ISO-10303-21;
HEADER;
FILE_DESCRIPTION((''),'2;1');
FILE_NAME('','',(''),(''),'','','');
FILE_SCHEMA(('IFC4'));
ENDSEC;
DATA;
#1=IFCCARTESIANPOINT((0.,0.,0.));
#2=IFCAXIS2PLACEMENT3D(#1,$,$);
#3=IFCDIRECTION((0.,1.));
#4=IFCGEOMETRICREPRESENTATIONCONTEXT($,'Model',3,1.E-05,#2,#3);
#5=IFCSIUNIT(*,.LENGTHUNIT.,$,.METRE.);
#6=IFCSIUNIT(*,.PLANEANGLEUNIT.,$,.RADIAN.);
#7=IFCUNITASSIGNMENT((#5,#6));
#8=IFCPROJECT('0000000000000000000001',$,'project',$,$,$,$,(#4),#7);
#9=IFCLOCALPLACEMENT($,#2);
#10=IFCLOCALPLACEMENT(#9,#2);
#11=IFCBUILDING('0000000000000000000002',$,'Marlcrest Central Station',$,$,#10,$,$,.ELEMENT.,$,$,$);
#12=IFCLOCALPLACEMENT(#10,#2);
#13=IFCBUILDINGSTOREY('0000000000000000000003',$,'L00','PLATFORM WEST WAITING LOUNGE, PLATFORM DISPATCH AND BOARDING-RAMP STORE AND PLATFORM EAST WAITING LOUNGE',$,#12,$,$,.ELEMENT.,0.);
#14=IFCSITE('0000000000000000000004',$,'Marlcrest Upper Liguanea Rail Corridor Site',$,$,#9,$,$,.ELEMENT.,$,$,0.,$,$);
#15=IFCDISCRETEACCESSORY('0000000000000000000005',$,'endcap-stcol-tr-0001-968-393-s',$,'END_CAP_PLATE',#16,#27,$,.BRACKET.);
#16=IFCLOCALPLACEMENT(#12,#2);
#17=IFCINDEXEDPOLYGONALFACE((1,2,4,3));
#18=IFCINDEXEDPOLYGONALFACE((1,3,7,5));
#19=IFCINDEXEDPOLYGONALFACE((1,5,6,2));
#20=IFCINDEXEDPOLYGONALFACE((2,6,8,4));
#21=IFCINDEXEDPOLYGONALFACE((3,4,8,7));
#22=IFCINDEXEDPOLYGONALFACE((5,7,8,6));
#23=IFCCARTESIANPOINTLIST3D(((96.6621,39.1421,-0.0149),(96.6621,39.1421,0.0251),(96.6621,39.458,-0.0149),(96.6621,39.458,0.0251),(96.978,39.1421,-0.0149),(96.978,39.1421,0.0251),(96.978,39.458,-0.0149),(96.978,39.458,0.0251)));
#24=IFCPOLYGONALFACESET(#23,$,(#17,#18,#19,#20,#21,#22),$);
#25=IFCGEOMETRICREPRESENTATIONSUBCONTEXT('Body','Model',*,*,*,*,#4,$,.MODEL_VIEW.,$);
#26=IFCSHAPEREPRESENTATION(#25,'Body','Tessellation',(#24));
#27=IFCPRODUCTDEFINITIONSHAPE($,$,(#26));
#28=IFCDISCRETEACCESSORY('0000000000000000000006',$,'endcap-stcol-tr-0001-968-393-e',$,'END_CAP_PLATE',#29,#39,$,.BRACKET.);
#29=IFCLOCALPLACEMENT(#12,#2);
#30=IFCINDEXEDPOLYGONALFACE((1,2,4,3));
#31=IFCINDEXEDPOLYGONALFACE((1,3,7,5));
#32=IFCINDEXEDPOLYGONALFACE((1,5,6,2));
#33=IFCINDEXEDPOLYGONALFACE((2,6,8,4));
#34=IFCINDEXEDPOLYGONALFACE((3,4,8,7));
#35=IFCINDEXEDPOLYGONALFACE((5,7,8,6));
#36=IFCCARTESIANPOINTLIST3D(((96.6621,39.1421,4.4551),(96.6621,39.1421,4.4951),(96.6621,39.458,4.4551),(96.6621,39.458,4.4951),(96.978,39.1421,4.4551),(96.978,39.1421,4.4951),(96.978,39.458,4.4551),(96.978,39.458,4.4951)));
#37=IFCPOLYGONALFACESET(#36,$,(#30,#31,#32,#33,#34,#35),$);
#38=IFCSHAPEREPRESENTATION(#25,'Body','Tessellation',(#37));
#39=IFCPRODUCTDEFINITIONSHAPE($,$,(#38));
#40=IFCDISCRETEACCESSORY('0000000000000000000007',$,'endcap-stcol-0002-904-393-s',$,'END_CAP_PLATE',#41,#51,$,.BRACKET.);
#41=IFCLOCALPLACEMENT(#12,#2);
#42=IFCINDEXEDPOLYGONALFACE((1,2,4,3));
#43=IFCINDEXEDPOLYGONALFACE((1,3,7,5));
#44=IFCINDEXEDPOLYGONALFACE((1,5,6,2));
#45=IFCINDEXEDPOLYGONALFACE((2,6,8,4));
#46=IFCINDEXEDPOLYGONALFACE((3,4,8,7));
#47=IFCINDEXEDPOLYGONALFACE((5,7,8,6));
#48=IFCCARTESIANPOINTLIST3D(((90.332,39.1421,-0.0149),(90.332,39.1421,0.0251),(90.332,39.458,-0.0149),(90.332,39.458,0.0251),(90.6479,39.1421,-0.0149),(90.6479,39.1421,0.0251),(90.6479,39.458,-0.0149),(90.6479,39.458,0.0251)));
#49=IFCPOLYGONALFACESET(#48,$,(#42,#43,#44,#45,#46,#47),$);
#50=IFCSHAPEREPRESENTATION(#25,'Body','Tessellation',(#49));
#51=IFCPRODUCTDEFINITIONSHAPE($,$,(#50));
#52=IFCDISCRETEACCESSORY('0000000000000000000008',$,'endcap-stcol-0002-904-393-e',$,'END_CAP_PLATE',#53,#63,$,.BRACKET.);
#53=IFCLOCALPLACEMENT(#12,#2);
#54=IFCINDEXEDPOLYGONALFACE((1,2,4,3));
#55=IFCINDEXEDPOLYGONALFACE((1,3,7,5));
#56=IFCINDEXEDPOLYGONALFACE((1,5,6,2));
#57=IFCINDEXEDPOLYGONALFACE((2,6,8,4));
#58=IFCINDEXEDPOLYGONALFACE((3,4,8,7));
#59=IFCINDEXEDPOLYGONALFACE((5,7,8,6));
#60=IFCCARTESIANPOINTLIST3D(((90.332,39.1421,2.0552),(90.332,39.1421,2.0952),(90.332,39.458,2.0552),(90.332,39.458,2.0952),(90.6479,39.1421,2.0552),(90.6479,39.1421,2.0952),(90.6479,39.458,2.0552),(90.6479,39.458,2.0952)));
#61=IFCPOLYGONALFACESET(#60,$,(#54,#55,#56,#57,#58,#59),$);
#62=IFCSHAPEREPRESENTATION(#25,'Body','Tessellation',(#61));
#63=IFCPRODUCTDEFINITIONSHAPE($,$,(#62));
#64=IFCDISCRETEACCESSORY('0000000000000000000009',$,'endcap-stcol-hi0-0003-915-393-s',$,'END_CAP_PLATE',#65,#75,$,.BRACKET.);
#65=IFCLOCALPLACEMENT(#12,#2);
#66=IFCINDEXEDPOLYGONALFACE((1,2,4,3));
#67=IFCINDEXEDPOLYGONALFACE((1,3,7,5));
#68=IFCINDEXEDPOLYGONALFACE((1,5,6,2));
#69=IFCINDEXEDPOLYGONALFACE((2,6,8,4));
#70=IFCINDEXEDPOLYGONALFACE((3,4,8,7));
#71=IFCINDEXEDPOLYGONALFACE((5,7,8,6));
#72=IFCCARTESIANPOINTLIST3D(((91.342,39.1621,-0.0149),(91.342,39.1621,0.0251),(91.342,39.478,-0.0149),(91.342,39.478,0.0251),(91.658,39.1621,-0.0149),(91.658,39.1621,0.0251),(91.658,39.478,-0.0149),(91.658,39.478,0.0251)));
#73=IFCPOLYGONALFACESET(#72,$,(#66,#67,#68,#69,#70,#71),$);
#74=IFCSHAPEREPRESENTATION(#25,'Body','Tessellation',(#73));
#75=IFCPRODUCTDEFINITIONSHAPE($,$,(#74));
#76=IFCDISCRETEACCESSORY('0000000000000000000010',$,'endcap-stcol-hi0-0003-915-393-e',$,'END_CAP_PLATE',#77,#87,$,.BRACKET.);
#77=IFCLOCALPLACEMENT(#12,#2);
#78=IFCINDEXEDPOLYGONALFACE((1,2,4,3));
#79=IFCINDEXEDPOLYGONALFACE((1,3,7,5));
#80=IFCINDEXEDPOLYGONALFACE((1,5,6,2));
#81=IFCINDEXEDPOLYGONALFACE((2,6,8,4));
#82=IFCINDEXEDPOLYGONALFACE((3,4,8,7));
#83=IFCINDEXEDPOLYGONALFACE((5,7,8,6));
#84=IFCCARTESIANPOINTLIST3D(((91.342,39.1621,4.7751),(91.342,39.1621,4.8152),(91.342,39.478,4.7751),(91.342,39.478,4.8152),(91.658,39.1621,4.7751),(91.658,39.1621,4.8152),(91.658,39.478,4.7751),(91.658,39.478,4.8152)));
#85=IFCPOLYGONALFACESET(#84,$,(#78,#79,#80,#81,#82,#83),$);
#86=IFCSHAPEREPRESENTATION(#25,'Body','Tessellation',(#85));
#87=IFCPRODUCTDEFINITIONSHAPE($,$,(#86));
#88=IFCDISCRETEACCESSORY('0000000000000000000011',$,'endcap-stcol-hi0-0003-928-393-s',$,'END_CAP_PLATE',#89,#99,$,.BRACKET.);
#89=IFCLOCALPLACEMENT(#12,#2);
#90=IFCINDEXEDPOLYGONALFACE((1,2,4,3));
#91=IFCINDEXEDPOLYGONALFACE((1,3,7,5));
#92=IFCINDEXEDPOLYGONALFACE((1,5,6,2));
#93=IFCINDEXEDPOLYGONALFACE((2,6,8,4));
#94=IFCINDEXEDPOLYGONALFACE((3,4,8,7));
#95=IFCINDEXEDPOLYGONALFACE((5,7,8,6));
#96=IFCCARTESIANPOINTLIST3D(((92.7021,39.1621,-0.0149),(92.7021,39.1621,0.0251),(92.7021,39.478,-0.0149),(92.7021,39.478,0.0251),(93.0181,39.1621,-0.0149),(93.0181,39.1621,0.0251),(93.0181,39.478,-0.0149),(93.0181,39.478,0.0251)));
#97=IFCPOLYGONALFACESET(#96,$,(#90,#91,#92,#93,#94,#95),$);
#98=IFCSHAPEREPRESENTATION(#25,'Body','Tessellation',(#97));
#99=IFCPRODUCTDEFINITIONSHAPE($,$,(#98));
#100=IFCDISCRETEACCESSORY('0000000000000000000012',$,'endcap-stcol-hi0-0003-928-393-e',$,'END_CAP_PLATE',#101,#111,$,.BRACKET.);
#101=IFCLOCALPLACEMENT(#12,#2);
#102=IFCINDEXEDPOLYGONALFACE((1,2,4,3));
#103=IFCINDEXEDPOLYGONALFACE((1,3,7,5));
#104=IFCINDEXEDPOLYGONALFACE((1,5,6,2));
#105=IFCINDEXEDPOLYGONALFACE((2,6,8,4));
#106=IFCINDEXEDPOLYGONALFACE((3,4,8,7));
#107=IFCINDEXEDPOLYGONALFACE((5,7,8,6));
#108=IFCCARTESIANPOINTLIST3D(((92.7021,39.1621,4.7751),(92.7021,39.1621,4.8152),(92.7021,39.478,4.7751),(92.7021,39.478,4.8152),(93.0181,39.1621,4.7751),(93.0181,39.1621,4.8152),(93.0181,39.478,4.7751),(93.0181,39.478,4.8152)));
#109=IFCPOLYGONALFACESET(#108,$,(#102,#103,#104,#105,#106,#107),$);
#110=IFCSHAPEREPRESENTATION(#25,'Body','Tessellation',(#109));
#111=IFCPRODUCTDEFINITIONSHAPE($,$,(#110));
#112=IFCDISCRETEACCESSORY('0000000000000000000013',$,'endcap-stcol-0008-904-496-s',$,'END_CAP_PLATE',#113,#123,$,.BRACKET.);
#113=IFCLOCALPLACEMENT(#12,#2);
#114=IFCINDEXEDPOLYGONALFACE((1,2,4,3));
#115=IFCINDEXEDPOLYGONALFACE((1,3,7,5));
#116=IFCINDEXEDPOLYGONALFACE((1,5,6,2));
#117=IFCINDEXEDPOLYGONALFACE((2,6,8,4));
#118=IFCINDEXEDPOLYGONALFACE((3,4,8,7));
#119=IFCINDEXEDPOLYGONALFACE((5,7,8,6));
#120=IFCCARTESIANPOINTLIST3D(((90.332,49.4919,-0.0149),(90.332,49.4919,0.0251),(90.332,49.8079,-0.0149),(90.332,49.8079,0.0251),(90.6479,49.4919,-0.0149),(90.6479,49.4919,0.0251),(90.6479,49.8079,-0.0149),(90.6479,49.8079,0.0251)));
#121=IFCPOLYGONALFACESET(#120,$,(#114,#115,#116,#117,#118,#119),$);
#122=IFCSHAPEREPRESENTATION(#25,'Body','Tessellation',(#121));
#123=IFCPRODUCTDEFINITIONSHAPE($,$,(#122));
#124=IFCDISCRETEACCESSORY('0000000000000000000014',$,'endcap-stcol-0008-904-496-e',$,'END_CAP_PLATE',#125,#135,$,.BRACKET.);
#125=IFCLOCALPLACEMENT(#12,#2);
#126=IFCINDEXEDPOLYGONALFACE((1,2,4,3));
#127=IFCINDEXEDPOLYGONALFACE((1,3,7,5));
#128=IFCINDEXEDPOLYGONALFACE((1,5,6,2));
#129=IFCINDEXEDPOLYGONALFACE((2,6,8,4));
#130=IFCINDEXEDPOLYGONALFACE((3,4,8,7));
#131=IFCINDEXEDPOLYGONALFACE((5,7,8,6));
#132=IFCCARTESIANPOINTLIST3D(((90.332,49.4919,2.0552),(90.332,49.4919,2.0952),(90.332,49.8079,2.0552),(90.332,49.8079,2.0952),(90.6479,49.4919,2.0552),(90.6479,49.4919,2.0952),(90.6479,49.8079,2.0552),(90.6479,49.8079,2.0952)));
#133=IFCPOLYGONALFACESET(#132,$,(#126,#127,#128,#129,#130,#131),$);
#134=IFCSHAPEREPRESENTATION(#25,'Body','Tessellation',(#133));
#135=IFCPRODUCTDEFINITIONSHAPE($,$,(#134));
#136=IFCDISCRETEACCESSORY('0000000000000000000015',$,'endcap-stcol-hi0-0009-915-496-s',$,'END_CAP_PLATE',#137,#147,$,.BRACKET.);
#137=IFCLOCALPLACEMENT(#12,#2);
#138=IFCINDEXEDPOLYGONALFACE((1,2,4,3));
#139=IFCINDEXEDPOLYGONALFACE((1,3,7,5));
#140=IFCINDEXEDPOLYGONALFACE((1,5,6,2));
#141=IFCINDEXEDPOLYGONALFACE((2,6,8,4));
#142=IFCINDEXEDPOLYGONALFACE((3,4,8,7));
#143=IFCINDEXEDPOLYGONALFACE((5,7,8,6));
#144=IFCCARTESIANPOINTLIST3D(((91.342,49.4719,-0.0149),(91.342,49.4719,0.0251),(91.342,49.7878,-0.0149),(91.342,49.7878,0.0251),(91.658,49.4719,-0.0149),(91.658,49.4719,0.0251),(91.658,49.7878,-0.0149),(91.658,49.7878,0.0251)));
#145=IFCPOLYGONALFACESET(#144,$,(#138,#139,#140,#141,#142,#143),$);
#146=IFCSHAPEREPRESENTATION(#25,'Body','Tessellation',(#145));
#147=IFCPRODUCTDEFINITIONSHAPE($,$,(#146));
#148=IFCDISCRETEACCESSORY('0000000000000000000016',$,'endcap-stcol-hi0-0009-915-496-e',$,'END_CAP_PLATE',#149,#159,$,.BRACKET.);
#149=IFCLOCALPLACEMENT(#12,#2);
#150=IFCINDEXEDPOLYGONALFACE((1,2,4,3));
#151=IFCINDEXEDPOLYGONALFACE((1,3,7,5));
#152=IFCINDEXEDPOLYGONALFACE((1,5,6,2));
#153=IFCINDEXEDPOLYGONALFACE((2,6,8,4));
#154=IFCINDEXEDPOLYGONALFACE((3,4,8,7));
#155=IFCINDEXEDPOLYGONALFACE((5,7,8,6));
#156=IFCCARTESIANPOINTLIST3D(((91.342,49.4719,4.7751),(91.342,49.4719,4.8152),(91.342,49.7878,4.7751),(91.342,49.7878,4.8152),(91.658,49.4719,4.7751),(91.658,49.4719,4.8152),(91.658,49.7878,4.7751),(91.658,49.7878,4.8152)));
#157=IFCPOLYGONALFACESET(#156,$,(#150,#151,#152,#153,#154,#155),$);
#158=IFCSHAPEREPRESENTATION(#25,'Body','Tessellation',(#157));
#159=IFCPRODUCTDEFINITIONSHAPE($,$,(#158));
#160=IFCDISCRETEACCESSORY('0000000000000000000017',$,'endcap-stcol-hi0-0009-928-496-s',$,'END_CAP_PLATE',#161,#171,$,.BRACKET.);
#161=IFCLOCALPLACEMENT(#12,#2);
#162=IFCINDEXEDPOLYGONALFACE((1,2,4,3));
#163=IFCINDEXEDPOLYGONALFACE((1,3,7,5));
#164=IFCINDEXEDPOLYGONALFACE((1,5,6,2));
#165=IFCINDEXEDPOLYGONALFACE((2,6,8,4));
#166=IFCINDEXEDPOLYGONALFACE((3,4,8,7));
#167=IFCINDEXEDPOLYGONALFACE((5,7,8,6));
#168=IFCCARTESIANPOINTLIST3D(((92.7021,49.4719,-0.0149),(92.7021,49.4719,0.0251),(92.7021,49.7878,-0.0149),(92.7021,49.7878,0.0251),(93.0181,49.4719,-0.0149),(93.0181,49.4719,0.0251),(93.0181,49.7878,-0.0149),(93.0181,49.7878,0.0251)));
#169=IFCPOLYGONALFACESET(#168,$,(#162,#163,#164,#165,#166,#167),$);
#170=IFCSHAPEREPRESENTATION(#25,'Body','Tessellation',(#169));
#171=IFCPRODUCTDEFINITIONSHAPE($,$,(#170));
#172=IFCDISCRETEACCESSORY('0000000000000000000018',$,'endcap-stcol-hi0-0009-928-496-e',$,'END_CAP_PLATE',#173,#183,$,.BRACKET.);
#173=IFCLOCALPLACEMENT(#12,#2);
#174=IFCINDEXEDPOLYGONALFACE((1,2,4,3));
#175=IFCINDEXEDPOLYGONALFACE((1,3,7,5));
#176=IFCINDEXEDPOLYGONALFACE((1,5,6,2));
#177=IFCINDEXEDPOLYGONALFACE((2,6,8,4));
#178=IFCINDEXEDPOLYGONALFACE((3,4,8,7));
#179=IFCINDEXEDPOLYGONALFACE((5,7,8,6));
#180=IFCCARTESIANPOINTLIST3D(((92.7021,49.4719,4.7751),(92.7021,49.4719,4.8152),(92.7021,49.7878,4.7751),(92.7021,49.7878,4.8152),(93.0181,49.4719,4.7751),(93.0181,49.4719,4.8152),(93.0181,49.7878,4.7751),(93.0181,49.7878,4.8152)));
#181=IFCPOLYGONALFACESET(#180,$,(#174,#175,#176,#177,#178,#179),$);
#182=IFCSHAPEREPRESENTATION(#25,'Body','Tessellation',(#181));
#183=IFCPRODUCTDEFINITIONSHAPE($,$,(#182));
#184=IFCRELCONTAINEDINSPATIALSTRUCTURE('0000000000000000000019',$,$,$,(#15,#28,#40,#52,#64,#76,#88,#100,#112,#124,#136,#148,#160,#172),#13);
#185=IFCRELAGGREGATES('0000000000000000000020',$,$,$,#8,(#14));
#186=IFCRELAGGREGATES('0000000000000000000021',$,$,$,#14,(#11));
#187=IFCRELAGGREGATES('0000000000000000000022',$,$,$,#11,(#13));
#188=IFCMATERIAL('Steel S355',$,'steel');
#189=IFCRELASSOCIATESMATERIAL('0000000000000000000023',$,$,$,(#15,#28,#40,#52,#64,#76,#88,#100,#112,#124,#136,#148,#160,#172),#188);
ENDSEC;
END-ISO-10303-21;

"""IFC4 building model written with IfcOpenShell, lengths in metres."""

from ifc_helpers import new_model, si_unit, direction, frame, origin, origin_2d, place, context, subcontext, project, spatial, rectangle, extrude, material, element, save


model = new_model("IFC4")

# Units and contexts
model_context = context("Model", 3, precision=1e-05, world=origin(), true_north=direction((0.0, 1.0)))
body_context = subcontext(model_context, "Body", "Model", "MODEL_VIEW")
ifc_project = project(units=[si_unit("LENGTHUNIT", "METRE"), si_unit("PLANEANGLEUNIT", "RADIAN")], contexts=[model_context])

# Site, building, storey
site_placement = place(None, origin())
site = spatial("IfcSite", under=ifc_project, at=site_placement, Name="Marlcrest Upper Liguanea Rail Corridor Site", CompositionType="ELEMENT", RefElevation=0.0)
building_placement = place(site_placement, origin())
building = spatial("IfcBuilding", under=site, at=building_placement, Name="Marlcrest Central Station", CompositionType="ELEMENT")
storey_placement = place(building_placement, origin())
storey = spatial("IfcBuildingStorey", under=building, at=storey_placement, Name="L00", Description="PLATFORM WEST WAITING LOUNGE, PLATFORM DISPATCH AND BOARDING-RAMP STORE AND PLATFORM EAST WAITING LOUNGE", CompositionType="ELEMENT", Elevation=0.0)

# Shared definitions
ifc_material_1 = material(Name="Steel S355", Category="steel")

# Discrete accessories
for number, where, z_axis, x_axis, name in (
    (1, (96.8201, 39.3, -0.0149), (0.0, 0.0, 1.0), (1.0, 0.0, 0.0), "endcap-stcol-tr-0001-968-393-s"),
    (2, (96.8201, 39.3, 4.4551), (0.0, 0.0, 1.0), (1.0, 0.0, 0.0), "endcap-stcol-tr-0001-968-393-e"),
    (3, (90.49, 39.3, -0.0149), (0.0, 0.0, 1.0), (1.0, 0.0, 0.0), "endcap-stcol-0002-904-393-s"),
    (4, (90.49, 39.3, 2.0552), (0.0, 0.0, 1.0), (1.0, 0.0, 0.0), "endcap-stcol-0002-904-393-e"),
    (5, (91.5, 39.3201, -0.0149), (0.0, 0.0, 1.0), (1.0, 0.0, 0.0), "endcap-stcol-hi0-0003-915-393-s"),
    (6, (91.5, 39.3201, 4.7751), (0.0, 0.0, 1.0), (1.0, 0.0, 0.0), "endcap-stcol-hi0-0003-915-393-e"),
    (7, (92.8601, 39.3201, -0.0149), (0.0, 0.0, 1.0), (1.0, 0.0, 0.0), "endcap-stcol-hi0-0003-928-393-s"),
    (8, (92.8601, 39.3201, 4.7751), (0.0, 0.0, 1.0), (1.0, 0.0, 0.0), "endcap-stcol-hi0-0003-928-393-e"),
    (9, (90.49, 49.6499, -0.0149), (0.0, 0.0, 1.0), (1.0, 0.0, 0.0), "endcap-stcol-0008-904-496-s"),
    (10, (90.49, 49.6499, 2.0552), (0.0, 0.0, 1.0), (1.0, 0.0, 0.0), "endcap-stcol-0008-904-496-e"),
    (11, (91.5, 49.6299, -0.0149), (0.0, 0.0, 1.0), (1.0, 0.0, 0.0), "endcap-stcol-hi0-0009-915-496-s"),
    (12, (91.5, 49.6299, 4.7751), (0.0, 0.0, 1.0), (1.0, 0.0, 0.0), "endcap-stcol-hi0-0009-915-496-e"),
    (13, (92.8601, 49.6299, -0.0149), (0.0, 0.0, 1.0), (1.0, 0.0, 0.0), "endcap-stcol-hi0-0009-928-496-s"),
    (14, (92.8601, 49.6299, 4.7751), (0.0, 0.0, 1.0), (1.0, 0.0, 0.0), "endcap-stcol-hi0-0009-928-496-e"),
):
    element("IfcDiscreteAccessory", number, at=place(storey_placement, frame(where, z_axis=z_axis, x_axis=x_axis)), inside=storey, material=ifc_material_1, Name=name, ObjectType="END_CAP_PLATE", PredefinedType="BRACKET", context=body_context, shape_type="SweptSolid", body=[
        extrude(rectangle(XDim=0.3159, YDim=0.3159, at=origin_2d()), origin(), (0.0, 0.0, 1.0), 0.04),
    ])

save(model, "model.ifc")
